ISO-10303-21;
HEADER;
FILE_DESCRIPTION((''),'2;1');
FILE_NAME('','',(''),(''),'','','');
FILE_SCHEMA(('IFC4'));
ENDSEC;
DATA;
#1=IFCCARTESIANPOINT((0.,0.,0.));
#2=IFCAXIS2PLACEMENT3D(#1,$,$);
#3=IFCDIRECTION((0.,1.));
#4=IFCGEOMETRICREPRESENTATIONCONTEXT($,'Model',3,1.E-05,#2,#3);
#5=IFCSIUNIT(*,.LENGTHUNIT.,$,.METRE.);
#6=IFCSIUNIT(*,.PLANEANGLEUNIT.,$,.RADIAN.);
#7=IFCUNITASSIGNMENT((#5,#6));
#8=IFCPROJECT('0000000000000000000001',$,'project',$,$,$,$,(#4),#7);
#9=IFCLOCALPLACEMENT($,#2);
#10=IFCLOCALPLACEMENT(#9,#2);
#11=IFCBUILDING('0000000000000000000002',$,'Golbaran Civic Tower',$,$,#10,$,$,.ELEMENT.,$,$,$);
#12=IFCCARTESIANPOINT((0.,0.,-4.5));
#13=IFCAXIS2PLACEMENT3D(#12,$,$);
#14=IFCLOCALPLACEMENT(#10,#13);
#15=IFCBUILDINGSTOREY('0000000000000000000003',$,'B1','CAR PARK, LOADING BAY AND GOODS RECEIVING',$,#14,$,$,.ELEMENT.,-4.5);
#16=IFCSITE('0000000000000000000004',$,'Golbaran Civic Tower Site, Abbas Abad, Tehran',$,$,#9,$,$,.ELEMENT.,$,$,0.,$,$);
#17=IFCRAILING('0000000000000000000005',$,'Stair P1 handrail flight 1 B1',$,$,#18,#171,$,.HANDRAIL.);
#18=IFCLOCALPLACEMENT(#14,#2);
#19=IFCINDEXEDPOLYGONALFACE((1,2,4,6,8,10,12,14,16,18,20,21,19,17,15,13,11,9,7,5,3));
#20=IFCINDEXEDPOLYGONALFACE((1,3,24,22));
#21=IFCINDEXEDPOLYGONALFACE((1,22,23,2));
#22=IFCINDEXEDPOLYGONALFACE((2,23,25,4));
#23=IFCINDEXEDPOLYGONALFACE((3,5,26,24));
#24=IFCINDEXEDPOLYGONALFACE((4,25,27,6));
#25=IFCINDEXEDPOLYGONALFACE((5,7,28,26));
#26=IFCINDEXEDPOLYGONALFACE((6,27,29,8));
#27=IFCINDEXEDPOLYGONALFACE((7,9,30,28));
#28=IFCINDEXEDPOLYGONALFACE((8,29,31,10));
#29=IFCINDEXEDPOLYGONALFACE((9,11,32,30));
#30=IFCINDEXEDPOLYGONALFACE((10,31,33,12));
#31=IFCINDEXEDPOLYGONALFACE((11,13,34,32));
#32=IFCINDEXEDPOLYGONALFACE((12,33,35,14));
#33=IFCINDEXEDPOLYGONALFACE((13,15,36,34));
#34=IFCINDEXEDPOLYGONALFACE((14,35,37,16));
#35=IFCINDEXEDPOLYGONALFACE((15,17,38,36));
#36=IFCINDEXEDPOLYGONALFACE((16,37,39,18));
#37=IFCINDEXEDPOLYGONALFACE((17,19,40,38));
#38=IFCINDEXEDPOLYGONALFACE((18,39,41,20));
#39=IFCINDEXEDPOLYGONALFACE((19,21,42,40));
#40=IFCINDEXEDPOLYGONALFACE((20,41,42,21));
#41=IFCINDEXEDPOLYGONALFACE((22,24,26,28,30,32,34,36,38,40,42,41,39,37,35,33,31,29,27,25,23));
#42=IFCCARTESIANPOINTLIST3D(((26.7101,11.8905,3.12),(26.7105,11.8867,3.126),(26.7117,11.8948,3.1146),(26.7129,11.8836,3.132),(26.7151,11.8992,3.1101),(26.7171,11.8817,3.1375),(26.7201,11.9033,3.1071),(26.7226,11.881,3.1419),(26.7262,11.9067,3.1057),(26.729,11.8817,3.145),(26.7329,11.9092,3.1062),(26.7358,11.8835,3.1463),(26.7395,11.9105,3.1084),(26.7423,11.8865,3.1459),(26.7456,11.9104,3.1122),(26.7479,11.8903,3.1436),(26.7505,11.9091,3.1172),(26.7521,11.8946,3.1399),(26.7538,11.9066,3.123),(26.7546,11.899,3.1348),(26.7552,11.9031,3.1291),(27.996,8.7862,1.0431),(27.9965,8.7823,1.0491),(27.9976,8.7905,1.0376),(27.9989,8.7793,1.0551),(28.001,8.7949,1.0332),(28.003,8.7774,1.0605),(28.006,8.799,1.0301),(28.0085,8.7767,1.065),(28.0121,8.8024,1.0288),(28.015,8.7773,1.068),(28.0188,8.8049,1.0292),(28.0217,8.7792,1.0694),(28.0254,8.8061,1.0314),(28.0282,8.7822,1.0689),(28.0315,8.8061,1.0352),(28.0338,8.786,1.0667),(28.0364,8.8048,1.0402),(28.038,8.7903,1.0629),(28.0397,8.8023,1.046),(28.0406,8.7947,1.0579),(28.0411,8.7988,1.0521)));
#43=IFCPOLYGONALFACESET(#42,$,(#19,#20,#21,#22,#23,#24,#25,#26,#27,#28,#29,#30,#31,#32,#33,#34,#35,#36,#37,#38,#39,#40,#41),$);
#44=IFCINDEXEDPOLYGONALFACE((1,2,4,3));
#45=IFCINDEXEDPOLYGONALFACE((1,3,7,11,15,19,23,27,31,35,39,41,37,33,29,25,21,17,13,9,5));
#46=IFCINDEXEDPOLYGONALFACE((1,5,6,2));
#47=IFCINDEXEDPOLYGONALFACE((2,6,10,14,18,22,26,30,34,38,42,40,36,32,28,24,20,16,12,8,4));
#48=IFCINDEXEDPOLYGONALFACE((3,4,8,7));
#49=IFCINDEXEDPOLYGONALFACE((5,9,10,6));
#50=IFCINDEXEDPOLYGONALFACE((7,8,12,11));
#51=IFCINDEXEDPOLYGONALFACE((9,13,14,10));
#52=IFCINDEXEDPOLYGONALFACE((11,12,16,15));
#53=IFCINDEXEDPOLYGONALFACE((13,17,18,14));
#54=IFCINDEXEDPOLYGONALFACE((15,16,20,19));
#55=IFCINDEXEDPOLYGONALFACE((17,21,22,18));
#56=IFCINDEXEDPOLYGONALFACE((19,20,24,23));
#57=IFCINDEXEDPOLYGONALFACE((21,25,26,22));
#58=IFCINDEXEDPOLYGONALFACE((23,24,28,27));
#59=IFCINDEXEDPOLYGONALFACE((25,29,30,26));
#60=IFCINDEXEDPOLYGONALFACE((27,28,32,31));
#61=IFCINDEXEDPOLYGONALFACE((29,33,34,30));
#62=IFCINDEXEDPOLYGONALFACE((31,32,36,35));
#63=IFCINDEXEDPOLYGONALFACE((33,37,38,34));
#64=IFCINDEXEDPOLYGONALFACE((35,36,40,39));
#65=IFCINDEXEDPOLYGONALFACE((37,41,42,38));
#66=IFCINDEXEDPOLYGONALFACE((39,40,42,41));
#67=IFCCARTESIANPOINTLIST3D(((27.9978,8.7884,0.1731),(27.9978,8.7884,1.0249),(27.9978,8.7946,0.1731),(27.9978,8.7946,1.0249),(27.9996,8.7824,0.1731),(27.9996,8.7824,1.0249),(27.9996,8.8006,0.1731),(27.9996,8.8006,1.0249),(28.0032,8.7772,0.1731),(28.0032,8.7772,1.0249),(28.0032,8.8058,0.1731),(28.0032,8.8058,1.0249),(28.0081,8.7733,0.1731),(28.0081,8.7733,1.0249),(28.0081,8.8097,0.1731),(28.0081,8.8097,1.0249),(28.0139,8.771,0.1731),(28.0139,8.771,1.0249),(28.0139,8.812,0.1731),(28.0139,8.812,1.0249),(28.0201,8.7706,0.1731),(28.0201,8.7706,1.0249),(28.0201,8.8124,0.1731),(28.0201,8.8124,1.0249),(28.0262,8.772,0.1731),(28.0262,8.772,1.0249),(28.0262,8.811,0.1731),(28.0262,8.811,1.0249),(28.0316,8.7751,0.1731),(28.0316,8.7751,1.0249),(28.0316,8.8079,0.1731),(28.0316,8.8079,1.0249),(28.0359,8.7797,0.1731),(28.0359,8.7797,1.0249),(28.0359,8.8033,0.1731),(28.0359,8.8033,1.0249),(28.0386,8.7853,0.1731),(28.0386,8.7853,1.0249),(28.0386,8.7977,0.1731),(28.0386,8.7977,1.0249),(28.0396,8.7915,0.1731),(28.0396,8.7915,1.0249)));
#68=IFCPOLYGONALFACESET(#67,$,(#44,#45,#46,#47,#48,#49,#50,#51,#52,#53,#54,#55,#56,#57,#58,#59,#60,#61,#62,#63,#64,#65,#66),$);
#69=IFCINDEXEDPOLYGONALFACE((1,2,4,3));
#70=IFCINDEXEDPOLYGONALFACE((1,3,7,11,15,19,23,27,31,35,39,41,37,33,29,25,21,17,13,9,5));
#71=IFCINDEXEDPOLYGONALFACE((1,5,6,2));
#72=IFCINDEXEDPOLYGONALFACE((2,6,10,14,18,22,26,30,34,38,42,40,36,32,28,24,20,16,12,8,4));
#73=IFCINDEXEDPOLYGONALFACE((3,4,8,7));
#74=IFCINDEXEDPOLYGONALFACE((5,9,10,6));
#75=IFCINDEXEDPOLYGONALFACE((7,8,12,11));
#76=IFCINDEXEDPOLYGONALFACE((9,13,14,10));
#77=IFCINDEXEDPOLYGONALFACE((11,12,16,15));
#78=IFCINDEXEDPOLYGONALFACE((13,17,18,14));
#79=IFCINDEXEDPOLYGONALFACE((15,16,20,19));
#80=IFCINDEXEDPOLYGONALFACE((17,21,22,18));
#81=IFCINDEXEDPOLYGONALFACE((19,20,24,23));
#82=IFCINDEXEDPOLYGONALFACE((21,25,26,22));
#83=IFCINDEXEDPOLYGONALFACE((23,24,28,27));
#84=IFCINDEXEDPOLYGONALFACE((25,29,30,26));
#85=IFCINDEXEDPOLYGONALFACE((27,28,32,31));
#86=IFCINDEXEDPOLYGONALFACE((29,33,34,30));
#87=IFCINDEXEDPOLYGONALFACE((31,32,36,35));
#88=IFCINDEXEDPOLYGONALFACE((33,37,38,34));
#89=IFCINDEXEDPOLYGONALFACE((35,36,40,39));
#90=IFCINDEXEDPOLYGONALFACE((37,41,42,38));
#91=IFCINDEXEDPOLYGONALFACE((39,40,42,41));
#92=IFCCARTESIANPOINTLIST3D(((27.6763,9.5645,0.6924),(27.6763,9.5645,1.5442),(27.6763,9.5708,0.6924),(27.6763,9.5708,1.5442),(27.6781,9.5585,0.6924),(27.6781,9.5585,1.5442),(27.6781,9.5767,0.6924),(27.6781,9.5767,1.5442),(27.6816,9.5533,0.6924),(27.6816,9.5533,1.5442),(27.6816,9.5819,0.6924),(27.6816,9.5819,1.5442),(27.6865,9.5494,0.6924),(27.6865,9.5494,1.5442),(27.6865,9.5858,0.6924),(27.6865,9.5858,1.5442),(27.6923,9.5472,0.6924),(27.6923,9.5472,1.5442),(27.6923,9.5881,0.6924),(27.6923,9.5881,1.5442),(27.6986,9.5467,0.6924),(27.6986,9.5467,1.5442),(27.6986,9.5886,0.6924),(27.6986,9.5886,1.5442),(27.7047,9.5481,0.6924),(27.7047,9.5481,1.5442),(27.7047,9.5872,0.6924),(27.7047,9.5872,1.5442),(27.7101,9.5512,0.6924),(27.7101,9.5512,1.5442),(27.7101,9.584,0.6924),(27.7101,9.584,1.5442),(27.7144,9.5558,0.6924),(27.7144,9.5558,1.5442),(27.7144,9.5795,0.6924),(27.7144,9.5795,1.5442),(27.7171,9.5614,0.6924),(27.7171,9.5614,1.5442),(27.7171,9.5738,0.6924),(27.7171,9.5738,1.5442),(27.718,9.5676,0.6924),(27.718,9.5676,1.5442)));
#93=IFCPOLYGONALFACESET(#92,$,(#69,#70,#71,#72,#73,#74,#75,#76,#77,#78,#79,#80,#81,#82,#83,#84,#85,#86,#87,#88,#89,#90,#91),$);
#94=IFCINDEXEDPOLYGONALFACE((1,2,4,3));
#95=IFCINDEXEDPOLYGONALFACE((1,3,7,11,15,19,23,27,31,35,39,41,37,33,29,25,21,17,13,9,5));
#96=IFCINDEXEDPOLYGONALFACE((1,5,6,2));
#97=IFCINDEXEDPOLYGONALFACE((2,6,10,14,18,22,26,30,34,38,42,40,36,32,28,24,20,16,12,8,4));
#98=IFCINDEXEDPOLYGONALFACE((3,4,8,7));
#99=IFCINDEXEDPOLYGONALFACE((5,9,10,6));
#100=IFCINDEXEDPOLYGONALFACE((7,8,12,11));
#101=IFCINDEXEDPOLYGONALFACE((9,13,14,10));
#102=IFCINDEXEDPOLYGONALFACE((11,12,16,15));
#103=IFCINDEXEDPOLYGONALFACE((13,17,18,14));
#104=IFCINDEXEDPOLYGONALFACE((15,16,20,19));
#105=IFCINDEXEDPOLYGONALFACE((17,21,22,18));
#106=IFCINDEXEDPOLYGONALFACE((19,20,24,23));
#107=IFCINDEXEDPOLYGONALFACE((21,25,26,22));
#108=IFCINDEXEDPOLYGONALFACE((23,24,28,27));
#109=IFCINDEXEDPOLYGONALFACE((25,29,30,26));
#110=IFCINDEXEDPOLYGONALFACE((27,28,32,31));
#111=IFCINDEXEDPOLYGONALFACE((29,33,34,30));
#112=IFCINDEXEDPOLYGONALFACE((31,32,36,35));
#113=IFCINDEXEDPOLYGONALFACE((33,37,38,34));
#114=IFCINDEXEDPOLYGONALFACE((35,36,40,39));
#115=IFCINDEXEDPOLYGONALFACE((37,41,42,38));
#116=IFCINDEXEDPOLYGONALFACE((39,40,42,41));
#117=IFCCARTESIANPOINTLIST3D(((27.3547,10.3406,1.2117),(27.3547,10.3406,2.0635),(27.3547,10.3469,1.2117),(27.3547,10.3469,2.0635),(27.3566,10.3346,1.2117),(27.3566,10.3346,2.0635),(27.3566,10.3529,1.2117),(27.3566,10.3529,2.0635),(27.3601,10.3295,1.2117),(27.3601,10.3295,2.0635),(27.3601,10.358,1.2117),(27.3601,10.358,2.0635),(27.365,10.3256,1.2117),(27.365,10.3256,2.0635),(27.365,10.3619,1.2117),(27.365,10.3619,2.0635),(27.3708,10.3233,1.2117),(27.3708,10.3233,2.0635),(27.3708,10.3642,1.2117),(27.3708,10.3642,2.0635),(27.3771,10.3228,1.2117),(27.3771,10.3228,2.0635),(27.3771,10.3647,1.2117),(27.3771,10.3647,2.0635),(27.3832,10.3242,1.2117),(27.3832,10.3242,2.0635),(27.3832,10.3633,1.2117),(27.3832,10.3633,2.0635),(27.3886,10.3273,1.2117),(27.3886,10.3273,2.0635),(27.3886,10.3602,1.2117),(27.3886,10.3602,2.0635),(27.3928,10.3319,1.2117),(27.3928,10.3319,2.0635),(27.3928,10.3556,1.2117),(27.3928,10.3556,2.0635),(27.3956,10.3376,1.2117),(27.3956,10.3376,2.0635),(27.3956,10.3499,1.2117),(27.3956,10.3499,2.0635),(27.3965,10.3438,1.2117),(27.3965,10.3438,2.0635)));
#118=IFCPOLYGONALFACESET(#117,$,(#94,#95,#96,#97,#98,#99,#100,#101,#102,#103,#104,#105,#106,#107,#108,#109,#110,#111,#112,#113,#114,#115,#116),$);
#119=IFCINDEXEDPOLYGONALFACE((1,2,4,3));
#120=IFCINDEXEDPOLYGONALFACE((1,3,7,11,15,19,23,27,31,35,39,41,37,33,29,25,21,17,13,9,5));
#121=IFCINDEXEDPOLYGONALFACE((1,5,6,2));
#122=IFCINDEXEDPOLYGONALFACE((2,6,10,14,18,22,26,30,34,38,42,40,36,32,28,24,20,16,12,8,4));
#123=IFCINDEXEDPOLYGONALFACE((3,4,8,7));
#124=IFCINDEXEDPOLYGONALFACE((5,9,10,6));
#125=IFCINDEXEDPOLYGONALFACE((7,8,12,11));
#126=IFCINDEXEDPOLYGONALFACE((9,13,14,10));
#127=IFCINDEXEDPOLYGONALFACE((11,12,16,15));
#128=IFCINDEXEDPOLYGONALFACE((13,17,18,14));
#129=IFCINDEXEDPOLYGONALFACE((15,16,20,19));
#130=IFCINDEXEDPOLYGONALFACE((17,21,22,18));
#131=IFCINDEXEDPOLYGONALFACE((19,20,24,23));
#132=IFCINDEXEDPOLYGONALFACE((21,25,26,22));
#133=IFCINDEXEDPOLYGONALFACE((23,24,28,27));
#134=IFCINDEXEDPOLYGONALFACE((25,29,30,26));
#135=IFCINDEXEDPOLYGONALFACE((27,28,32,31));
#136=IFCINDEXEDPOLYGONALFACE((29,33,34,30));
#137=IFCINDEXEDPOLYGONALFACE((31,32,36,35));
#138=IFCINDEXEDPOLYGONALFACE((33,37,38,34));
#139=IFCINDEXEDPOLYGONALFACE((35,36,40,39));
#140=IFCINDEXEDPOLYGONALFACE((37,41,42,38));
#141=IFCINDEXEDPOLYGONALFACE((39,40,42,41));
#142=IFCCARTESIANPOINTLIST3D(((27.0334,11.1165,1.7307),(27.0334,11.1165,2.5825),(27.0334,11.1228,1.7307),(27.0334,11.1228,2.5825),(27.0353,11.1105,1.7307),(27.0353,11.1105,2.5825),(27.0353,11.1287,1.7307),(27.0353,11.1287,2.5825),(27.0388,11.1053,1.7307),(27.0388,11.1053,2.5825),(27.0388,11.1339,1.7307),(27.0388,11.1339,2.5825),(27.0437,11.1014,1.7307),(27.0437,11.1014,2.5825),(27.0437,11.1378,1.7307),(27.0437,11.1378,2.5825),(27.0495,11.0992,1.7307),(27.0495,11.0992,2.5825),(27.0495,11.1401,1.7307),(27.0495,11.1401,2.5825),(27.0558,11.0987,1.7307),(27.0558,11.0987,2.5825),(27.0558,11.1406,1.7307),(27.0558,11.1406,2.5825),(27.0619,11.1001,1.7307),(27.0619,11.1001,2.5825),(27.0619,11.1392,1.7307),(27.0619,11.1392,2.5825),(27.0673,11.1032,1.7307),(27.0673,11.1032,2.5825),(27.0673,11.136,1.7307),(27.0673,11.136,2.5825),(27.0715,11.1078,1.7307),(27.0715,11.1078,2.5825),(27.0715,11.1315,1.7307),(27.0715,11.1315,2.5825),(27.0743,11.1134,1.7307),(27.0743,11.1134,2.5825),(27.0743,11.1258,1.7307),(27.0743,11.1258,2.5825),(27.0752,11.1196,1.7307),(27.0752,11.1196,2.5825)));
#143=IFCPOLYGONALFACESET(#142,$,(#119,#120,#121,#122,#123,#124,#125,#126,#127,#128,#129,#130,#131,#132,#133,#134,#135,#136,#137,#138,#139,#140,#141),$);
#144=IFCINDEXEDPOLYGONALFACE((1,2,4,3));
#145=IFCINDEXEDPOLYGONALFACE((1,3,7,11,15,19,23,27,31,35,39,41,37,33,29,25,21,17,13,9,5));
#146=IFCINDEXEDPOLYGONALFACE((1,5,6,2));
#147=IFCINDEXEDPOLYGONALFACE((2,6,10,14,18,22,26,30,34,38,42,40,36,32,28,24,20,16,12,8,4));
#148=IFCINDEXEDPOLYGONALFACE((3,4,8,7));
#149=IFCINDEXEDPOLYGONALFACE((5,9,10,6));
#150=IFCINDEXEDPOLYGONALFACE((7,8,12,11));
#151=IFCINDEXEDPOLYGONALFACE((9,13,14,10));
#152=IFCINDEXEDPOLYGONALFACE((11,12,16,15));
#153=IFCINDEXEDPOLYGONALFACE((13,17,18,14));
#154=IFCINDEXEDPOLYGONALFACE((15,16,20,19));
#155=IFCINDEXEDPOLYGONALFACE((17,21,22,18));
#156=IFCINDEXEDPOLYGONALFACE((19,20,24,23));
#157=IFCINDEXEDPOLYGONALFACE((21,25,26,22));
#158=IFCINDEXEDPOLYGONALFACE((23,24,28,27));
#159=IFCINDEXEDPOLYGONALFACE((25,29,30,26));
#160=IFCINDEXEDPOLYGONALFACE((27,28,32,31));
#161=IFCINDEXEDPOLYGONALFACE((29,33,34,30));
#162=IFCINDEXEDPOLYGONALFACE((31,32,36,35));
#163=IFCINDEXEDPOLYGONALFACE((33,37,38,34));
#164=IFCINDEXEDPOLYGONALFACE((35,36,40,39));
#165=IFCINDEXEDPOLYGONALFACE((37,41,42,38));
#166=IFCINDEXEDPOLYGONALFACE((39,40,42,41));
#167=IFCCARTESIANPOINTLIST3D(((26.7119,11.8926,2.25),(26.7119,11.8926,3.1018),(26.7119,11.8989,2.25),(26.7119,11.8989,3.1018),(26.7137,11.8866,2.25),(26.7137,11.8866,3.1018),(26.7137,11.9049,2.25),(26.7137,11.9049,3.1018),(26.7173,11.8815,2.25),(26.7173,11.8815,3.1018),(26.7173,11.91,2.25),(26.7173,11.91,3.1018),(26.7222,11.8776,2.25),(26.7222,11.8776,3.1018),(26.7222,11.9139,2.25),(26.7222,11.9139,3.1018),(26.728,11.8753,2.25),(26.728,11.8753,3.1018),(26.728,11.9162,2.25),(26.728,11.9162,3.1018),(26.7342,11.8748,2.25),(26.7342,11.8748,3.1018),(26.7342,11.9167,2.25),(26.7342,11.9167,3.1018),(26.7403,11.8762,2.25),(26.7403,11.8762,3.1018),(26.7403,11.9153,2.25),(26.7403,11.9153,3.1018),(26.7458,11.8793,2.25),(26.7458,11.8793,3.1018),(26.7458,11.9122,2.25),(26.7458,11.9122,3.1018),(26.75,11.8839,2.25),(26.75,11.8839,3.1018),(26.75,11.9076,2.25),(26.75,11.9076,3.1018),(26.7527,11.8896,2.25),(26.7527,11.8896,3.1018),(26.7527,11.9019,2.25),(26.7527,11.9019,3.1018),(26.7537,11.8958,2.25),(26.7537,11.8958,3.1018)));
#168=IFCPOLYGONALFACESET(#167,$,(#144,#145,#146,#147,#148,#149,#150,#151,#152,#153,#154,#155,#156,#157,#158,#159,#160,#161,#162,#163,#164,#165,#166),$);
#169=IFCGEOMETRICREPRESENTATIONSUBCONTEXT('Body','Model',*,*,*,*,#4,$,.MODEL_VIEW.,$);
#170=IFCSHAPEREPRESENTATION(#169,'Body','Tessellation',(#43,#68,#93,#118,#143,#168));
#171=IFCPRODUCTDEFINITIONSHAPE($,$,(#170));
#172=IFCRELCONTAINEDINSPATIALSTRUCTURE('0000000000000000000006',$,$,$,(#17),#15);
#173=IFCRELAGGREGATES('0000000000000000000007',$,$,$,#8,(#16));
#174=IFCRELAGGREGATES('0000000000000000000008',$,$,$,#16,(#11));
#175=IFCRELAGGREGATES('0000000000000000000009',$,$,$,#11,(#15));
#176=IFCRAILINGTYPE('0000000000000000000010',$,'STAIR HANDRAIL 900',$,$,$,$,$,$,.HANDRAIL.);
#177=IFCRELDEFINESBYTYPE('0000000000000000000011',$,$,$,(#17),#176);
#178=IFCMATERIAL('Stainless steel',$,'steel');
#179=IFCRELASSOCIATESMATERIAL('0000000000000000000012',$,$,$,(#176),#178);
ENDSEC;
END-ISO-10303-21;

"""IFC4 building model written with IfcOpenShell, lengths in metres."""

from ifc_helpers import new_model, si_unit, direction, frame, origin, origin_2d, place, context, subcontext, project, spatial, circle, extrude, material, type_object, element, save


model = new_model("IFC4")

# Units and contexts
model_context = context("Model", 3, precision=1e-05, world=origin(), true_north=direction((0.0, 1.0)))
body_context = subcontext(model_context, "Body", "Model", "MODEL_VIEW")
ifc_project = project(units=[si_unit("LENGTHUNIT", "METRE"), si_unit("PLANEANGLEUNIT", "RADIAN")], contexts=[model_context])

# Site, building, storey
site_placement = place(None, origin())
site = spatial("IfcSite", under=ifc_project, at=site_placement, Name="Golbaran Civic Tower Site, Abbas Abad, Tehran", CompositionType="ELEMENT", RefElevation=0.0)
building_placement = place(site_placement, origin())
building = spatial("IfcBuilding", under=site, at=building_placement, Name="Golbaran Civic Tower", CompositionType="ELEMENT")
storey_placement = place(building_placement, frame((0.0, 0.0, -4.5)))
storey = spatial("IfcBuildingStorey", under=building, at=storey_placement, Name="B1", Description="CAR PARK, LOADING BAY AND GOODS RECEIVING", CompositionType="ELEMENT", Elevation=-4.5)

# Railing
ifc_material_1 = material(Name="Stainless steel", Category="steel")
railing_type_1 = type_object("IfcRailingType", Name="STAIR HANDRAIL 900", PredefinedType="HANDRAIL", material=ifc_material_1)
railing_1_placement = place(storey_placement, frame((28.0186, 8.7915, 0.1731)))
element("IfcRailing", 1, at=railing_1_placement, inside=storey, type_object=railing_type_1, Name="Stair P1 handrail flight 1 B1", PredefinedType="HANDRAIL", context=body_context, shape_type="SweptSolid", body=[
    extrude(circle(Radius=0.0239, at=origin_2d()), frame((0.0, 0.0, 0.876), z_axis=(-0.325532, 0.785863, 0.525783), x_axis=(-0.923872, -0.3827, 0.0)), (0.0, 0.0, 1.0), 3.9502),
    extrude(circle(Radius=0.021, at=origin_2d()), origin(), (0.0, 0.0, 1.0), 0.8518),
    extrude(circle(Radius=0.021, at=origin_2d()), frame((-0.3215, 0.7761, 0.5193)), (0.0, 0.0, 1.0), 0.8518),
    extrude(circle(Radius=0.021, at=origin_2d()), frame((-0.6431, 1.5522, 1.0386)), (0.0, 0.0, 1.0), 0.8518),
    extrude(circle(Radius=0.021, at=origin_2d()), frame((-0.9644, 2.3281, 1.5576)), (0.0, 0.0, 1.0), 0.8518),
    extrude(circle(Radius=0.021, at=origin_2d()), frame((-1.2859, 3.1042, 2.0769)), (0.0, 0.0, 1.0), 0.8518),
])

save(model, "model.ifc")
